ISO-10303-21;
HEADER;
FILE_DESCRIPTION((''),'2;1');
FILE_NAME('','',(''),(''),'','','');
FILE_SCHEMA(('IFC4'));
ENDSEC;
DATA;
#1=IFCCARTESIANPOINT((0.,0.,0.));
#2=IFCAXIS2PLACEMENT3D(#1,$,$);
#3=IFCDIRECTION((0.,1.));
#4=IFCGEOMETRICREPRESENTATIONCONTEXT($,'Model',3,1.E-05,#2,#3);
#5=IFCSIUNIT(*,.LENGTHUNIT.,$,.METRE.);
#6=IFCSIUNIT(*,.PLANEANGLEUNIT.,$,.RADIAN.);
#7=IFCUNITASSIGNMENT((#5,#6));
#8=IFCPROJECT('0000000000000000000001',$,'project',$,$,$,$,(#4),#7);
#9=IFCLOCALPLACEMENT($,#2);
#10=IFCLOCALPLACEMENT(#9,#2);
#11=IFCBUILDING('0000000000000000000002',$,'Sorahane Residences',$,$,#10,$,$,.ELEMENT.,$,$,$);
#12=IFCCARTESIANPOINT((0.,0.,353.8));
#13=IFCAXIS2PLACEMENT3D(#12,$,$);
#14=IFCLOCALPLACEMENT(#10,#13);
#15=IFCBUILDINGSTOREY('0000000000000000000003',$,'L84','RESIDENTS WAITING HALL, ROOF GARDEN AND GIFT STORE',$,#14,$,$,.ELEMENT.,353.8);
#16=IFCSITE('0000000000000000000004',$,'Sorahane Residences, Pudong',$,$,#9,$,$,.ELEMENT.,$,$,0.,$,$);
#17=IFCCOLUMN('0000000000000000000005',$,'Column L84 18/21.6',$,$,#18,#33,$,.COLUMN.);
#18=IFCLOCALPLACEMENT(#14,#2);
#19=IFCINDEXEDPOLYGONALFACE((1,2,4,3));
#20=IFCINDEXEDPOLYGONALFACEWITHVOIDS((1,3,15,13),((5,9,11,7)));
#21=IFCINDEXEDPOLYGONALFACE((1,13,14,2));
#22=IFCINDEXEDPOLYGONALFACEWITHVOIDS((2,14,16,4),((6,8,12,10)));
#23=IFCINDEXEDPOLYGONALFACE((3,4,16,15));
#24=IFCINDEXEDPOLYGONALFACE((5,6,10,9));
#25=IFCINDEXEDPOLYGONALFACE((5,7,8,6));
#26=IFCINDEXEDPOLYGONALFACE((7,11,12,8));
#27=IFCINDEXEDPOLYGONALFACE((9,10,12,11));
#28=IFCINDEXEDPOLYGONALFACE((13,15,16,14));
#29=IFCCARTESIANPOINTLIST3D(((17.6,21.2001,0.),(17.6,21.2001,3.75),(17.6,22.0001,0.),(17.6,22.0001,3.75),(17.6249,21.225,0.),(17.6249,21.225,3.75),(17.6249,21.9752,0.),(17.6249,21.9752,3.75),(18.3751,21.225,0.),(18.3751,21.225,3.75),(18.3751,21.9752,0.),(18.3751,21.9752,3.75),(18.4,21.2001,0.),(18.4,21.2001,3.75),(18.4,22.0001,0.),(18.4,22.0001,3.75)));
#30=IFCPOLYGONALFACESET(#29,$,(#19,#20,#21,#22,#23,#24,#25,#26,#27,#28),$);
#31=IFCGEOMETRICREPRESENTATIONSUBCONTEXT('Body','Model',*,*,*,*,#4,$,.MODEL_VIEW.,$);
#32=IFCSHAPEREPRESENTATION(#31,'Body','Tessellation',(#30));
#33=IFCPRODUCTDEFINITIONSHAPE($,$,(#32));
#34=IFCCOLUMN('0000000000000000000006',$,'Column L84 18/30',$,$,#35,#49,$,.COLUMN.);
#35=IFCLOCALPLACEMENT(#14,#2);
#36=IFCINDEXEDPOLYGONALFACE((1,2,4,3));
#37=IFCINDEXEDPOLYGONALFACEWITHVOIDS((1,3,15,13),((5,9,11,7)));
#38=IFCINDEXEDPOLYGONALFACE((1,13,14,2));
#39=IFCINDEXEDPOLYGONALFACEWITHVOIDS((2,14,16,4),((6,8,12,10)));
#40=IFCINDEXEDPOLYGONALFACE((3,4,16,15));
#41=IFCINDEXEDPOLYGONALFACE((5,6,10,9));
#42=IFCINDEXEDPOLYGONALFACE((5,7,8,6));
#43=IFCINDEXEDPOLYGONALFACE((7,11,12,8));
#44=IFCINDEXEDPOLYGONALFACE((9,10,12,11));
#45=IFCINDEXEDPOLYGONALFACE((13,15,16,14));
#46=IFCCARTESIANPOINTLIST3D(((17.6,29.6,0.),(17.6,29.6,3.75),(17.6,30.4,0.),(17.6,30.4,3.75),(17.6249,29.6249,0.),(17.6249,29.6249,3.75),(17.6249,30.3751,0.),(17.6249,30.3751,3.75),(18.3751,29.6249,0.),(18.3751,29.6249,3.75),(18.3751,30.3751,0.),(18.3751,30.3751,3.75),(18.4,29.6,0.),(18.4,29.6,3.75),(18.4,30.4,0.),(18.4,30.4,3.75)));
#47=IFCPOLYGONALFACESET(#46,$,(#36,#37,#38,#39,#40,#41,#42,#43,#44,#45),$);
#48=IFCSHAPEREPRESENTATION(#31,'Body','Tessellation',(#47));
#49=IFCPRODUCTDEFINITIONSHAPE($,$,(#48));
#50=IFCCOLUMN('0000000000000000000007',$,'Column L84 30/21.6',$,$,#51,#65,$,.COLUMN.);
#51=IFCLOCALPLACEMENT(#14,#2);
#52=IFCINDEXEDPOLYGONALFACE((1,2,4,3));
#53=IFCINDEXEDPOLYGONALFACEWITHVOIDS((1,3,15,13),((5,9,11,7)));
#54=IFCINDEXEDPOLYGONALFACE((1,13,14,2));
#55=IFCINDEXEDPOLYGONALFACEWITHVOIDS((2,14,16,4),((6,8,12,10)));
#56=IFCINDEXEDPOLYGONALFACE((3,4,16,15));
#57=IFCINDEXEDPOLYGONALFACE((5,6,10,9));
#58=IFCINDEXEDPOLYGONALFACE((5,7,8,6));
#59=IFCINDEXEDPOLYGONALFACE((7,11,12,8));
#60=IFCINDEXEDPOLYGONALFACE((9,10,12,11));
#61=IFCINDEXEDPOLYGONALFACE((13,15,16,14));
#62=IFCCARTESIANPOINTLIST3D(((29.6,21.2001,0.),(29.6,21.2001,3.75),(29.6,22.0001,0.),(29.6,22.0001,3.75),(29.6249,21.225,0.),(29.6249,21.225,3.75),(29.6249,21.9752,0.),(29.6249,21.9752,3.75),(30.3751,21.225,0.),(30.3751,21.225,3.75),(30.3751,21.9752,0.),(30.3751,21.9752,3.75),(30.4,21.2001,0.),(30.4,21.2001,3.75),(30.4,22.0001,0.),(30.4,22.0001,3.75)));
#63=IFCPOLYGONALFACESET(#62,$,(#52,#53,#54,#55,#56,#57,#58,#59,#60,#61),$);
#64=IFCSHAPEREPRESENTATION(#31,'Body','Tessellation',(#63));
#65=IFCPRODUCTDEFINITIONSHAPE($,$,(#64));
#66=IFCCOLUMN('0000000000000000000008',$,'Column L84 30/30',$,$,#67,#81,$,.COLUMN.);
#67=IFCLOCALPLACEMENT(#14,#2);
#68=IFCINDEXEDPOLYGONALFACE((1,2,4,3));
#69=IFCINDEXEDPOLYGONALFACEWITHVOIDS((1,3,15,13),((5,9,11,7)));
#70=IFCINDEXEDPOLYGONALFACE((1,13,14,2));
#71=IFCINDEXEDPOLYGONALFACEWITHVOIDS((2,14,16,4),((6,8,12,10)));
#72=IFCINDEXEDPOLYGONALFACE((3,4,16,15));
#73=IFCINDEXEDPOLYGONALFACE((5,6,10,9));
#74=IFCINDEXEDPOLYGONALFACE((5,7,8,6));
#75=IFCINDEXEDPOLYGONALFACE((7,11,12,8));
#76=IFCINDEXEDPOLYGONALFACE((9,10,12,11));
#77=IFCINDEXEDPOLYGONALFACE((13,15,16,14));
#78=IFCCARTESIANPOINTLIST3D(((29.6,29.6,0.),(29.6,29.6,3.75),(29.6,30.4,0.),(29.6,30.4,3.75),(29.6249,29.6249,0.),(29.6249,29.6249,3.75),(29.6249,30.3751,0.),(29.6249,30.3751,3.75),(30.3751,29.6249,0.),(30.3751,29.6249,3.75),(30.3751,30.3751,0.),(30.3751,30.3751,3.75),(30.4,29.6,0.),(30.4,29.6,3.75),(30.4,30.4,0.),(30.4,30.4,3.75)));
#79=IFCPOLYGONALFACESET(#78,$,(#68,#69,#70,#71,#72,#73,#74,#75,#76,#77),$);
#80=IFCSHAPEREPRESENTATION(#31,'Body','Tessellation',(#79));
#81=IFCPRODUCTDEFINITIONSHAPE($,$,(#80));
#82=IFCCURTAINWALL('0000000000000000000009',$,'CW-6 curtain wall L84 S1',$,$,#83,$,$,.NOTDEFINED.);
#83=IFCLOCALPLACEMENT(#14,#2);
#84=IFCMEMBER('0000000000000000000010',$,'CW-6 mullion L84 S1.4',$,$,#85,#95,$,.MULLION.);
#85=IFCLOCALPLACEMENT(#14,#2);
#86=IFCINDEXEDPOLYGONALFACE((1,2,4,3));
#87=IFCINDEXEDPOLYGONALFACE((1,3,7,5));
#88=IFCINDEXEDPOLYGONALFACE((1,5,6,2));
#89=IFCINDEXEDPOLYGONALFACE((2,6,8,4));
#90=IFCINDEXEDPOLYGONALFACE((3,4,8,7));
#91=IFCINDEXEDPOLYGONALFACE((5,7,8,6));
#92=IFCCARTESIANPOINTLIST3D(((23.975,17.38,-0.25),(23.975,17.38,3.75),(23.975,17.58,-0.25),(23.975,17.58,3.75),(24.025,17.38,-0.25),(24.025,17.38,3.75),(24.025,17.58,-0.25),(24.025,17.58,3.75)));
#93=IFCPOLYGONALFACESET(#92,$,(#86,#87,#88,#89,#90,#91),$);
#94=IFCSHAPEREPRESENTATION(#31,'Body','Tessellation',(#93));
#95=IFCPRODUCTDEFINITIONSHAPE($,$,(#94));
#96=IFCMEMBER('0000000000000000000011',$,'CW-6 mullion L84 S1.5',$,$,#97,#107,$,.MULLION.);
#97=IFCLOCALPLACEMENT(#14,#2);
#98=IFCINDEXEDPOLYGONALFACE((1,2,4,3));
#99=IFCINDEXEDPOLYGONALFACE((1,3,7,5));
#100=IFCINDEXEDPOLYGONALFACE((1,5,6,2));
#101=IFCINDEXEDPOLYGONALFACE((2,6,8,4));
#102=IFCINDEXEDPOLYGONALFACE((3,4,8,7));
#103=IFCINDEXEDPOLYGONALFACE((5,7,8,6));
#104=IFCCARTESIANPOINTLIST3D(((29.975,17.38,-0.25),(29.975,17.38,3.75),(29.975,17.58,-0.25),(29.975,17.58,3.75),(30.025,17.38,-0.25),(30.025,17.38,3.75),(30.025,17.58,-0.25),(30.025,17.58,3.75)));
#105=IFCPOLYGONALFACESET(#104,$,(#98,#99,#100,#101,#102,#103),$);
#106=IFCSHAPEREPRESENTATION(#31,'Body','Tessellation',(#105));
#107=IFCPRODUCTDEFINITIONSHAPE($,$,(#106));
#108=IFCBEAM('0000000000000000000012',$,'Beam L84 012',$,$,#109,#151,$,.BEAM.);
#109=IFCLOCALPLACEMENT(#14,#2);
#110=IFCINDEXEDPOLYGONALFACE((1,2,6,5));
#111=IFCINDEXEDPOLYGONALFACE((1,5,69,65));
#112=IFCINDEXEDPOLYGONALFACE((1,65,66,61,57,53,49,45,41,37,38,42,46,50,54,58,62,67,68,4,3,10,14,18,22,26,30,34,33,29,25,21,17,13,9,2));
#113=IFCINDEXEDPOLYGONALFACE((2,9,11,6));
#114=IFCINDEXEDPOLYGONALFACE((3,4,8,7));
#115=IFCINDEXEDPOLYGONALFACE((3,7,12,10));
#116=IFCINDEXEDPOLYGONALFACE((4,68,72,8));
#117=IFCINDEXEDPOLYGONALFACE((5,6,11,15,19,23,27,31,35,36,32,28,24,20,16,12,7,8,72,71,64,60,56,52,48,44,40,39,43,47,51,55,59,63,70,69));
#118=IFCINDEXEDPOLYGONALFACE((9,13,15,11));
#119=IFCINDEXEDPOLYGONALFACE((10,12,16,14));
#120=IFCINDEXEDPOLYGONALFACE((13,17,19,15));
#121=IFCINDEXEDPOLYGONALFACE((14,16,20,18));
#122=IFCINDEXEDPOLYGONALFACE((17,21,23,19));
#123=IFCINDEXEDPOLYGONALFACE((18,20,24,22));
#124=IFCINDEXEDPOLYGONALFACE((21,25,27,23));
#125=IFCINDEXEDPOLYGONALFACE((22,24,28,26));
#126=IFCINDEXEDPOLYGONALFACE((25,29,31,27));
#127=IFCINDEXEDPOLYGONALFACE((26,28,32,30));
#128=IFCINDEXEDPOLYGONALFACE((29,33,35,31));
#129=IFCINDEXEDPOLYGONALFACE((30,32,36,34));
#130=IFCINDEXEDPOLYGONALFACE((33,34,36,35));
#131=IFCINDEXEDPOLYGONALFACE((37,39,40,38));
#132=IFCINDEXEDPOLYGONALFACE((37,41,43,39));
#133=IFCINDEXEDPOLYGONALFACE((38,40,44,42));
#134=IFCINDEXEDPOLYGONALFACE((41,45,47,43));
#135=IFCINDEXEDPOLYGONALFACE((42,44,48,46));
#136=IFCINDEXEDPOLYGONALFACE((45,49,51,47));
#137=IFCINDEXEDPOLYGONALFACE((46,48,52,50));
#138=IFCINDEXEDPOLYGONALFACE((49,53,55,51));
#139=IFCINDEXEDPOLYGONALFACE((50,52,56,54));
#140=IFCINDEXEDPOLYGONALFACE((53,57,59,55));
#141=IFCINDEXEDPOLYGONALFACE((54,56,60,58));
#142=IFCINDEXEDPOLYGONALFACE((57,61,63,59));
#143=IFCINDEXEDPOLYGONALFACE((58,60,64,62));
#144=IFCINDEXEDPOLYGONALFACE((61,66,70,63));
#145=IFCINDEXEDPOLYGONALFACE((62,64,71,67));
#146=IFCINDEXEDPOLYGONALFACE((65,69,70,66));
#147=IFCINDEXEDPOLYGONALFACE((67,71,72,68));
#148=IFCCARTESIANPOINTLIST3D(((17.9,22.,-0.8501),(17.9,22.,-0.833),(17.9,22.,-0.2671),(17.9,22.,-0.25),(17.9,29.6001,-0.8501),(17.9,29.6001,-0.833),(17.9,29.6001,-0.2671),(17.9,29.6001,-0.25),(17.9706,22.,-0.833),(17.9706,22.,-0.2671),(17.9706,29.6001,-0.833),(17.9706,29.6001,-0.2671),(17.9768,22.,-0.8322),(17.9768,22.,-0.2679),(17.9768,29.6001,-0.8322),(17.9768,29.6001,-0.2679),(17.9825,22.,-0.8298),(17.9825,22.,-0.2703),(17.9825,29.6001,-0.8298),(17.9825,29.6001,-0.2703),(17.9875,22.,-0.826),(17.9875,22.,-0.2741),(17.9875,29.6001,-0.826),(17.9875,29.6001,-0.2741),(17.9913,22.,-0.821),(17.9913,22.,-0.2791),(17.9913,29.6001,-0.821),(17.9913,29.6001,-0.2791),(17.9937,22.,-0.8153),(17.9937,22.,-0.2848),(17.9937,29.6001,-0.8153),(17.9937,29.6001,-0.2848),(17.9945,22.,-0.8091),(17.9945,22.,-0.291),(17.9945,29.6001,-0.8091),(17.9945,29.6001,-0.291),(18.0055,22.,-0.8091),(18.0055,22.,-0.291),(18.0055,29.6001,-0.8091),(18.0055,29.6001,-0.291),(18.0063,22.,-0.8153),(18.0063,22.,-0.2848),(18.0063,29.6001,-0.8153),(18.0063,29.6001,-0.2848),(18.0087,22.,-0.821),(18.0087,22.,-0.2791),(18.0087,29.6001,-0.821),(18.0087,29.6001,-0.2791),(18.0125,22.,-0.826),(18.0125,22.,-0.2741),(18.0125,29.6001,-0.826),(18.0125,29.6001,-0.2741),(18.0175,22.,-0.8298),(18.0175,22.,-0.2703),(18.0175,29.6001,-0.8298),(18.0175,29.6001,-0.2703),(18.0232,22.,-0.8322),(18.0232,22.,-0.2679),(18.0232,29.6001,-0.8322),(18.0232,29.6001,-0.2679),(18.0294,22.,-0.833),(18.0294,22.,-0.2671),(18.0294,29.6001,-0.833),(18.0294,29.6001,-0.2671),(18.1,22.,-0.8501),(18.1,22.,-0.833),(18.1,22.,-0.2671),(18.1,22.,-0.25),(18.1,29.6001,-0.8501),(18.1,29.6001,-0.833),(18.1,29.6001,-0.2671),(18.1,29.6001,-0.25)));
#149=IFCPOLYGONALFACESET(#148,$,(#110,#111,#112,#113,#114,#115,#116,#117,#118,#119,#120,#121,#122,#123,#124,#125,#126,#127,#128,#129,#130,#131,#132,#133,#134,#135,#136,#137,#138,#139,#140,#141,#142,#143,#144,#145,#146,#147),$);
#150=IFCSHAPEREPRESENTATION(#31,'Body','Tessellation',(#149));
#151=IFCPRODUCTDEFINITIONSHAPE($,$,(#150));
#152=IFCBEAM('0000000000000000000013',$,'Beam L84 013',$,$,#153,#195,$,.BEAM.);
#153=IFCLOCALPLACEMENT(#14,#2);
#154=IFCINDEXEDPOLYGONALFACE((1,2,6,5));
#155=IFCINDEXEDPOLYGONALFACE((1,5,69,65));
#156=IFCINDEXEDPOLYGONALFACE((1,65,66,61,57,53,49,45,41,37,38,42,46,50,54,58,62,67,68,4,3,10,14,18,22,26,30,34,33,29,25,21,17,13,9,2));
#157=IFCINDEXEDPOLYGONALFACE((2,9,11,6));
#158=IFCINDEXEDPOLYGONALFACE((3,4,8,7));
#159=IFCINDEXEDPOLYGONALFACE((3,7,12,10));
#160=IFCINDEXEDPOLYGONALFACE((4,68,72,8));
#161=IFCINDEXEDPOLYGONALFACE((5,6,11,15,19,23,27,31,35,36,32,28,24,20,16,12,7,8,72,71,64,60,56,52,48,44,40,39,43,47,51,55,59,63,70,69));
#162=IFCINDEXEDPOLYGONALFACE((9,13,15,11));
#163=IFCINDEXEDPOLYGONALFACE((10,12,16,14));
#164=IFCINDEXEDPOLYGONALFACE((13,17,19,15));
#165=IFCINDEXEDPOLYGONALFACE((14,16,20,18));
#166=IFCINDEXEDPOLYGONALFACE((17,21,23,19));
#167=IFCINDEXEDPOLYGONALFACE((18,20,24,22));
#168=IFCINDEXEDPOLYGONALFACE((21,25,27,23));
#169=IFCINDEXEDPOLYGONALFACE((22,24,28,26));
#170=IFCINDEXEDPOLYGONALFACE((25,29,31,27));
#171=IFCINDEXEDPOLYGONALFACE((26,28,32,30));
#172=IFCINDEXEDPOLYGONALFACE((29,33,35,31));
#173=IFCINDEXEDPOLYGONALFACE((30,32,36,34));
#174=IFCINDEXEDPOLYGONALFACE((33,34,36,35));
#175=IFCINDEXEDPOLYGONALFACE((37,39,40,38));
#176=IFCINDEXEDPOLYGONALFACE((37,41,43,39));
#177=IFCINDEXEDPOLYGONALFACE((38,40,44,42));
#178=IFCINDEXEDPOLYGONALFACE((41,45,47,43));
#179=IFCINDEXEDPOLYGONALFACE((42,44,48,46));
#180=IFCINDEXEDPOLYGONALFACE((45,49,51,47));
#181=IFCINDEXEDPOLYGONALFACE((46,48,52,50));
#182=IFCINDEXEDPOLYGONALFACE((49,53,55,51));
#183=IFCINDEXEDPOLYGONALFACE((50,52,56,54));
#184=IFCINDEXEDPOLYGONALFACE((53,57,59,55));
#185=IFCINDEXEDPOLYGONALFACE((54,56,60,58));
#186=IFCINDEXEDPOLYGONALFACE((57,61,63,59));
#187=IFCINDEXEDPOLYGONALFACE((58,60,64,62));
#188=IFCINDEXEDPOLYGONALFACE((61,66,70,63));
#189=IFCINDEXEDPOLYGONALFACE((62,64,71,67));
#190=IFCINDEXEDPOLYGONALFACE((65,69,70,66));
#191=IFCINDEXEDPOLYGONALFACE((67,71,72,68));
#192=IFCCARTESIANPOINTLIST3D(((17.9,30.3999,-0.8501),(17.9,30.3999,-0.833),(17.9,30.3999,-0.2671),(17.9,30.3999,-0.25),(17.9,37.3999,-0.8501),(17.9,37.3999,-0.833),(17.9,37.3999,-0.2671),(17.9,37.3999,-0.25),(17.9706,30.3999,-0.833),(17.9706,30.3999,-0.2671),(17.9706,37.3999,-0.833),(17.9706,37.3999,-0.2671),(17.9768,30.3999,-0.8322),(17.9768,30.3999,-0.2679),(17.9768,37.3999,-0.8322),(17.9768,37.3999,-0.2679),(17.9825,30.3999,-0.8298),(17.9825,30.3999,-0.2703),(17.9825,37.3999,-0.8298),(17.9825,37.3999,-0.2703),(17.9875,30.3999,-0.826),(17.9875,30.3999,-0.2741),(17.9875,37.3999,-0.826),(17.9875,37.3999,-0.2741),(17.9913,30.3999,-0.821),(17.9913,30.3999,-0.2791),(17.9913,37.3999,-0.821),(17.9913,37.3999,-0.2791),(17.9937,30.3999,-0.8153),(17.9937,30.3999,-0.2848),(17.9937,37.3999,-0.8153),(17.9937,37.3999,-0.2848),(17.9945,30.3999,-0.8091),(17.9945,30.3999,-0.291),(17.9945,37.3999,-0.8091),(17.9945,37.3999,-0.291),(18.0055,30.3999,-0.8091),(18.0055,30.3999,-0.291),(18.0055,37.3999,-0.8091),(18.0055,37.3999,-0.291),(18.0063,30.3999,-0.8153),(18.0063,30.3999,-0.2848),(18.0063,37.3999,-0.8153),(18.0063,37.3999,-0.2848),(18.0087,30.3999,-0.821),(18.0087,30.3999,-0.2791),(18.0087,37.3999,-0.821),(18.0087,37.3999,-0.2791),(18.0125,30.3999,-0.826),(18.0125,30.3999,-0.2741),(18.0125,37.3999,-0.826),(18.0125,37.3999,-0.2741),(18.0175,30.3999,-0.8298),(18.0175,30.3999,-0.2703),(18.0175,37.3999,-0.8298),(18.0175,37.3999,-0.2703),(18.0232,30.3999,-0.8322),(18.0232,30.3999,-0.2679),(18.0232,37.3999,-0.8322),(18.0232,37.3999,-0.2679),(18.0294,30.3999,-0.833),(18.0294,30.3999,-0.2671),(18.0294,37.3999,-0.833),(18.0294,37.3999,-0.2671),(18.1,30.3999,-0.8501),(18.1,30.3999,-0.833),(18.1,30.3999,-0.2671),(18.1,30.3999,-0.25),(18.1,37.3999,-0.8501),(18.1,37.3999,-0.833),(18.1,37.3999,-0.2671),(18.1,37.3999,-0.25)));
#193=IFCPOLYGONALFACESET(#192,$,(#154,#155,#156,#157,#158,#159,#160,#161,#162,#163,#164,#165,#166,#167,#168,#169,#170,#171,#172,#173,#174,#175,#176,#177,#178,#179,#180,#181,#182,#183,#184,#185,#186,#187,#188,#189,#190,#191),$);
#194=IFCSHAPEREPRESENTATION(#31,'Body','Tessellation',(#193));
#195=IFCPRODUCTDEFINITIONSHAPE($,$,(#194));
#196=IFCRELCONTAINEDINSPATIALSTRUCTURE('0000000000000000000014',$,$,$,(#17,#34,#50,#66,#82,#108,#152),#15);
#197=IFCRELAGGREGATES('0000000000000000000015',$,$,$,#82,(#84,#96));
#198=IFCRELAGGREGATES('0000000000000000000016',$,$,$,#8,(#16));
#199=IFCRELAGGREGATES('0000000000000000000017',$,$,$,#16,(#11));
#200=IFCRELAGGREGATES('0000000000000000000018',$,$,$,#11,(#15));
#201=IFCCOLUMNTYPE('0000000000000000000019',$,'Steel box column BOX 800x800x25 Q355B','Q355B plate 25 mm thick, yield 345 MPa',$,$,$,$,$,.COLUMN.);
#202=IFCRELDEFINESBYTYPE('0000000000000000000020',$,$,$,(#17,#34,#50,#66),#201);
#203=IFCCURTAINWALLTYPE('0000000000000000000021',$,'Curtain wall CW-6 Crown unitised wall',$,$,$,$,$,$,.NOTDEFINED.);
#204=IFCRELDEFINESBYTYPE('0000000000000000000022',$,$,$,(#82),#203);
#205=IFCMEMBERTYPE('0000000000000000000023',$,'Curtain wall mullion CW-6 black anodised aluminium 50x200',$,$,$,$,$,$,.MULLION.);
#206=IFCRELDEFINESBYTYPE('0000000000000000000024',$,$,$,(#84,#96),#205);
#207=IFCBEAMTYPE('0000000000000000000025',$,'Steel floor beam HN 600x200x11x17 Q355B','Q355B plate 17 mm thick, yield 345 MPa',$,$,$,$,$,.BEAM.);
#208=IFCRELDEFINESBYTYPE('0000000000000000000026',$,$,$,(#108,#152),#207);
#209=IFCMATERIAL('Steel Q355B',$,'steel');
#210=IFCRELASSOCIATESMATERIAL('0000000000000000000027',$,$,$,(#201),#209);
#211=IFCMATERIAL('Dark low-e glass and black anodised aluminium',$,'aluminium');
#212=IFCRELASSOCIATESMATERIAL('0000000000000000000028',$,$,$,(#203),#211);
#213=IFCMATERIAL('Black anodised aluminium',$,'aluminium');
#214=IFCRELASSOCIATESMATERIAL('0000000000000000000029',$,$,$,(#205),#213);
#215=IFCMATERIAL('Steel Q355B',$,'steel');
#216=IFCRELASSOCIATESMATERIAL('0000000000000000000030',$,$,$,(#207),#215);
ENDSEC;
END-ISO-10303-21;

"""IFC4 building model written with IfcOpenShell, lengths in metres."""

from ifc_helpers import new_model, si_unit, direction, frame, origin, origin_2d, place, context, subcontext, project, spatial, rectangle, hollow_rectangle, i_section, extrude, material, material_profile, profile_set, type_object, element, aggregate, save


model = new_model("IFC4")

# Units and contexts
model_context = context("Model", 3, precision=1e-05, world=origin(), true_north=direction((0.0, 1.0)))
body_context = subcontext(model_context, "Body", "Model", "MODEL_VIEW")
ifc_project = project(units=[si_unit("LENGTHUNIT", "METRE"), si_unit("PLANEANGLEUNIT", "RADIAN")], contexts=[model_context])

# Site, building, storey
site_placement = place(None, origin())
site = spatial("IfcSite", under=ifc_project, at=site_placement, Name="Sorahane Residences, Pudong", CompositionType="ELEMENT", RefElevation=0.0)
building_placement = place(site_placement, origin())
building = spatial("IfcBuilding", under=site, at=building_placement, Name="Sorahane Residences", CompositionType="ELEMENT")
storey_placement = place(building_placement, frame((0.0, 0.0, 353.8)))
storey = spatial("IfcBuildingStorey", under=building, at=storey_placement, Name="L84", Description="RESIDENTS WAITING HALL, ROOF GARDEN AND GIFT STORE", CompositionType="ELEMENT", Elevation=353.8)

# Columns
ifc_material_1 = material(Name="Steel Q355B", Category="steel")
ifc_material_profile_1 = material_profile(ifc_material_1, hollow_rectangle(XDim=0.8, YDim=0.8, WallThickness=0.0249, at=origin_2d()), Name="BOX 800x800x25")
ifc_profile_set_1 = profile_set([ifc_material_profile_1], Name="Steel Q355B")
column_type = type_object("IfcColumnType", Name="Steel box column BOX 800x800x25 Q355B", Description="Q355B plate 25 mm thick, yield 345 MPa", PredefinedType="COLUMN", material=ifc_profile_set_1)
for number, where, z_axis, x_axis, name in (
    (1, (18.0, 21.6001, 0.0), (0.0, 0.0, 1.0), (1.0, 0.0, 0.0), "Column L84 18/21.6"),
    (2, (18.0, 30.0, 0.0), (0.0, 0.0, 1.0), (1.0, 0.0, 0.0), "Column L84 18/30"),
    (3, (30.0, 21.6001, 0.0), (0.0, 0.0, 1.0), (1.0, 0.0, 0.0), "Column L84 30/21.6"),
    (4, (30.0, 30.0, 0.0), (0.0, 0.0, 1.0), (1.0, 0.0, 0.0), "Column L84 30/30"),
):
    element("IfcColumn", number, at=place(storey_placement, frame(where, z_axis=z_axis, x_axis=x_axis)), inside=storey, type_object=column_type, Name=name, PredefinedType="COLUMN", context=body_context, shape_type="SweptSolid", body=[
        extrude(hollow_rectangle(XDim=0.8, YDim=0.8, WallThickness=0.0249, at=origin_2d()), origin(), (0.0, 0.0, 1.0), 3.75),
    ])

# Curtain wall, members
ifc_material_2 = material(Name="Dark low-e glass and black anodised aluminium", Category="aluminium")
curtain_wall_type = type_object("IfcCurtainWallType", Name="Curtain wall CW-6 Crown unitised wall", PredefinedType="NOTDEFINED", material=ifc_material_2)
curtain_wall_placement = place(storey_placement, origin())
curtain_wall = element("IfcCurtainWall", 5, at=curtain_wall_placement, inside=storey, type_object=curtain_wall_type, Name="CW-6 curtain wall L84 S1", PredefinedType="NOTDEFINED")
ifc_material_3 = material(Name="Black anodised aluminium", Category="aluminium")
ifc_material_profile_2 = material_profile(ifc_material_3, rectangle(XDim=0.2, YDim=0.05, at=origin_2d()), Name="Curtain wall mullion CW-6 black anodised aluminium 50x200")
ifc_profile_set_2 = profile_set([ifc_material_profile_2], Name="Black anodised aluminium")
member_type = type_object("IfcMemberType", Name="Curtain wall mullion CW-6 black anodised aluminium 50x200", PredefinedType="MULLION", material=ifc_profile_set_2)
member_1_placement = place(storey_placement, frame((24.0, 17.48, -0.25), z_axis=(0.0, 0.0, 1.0), x_axis=(0.0, -1.0, 0.0)))
member_1 = element("IfcMember", 6, at=member_1_placement, type_object=member_type, Name="CW-6 mullion L84 S1.4", PredefinedType="MULLION", context=body_context, shape_type="SweptSolid", body=[
    extrude(rectangle(XDim=0.2, YDim=0.05, at=origin_2d()), origin(), (0.0, 0.0, 1.0), 4.0),
])
member_2_placement = place(storey_placement, frame((30.0, 17.48, -0.25), z_axis=(0.0, 0.0, 1.0), x_axis=(0.0, -1.0, 0.0)))
member_2 = element("IfcMember", 7, at=member_2_placement, type_object=member_type, Name="CW-6 mullion L84 S1.5", PredefinedType="MULLION", context=body_context, shape_type="SweptSolid", body=[
    extrude(rectangle(XDim=0.2, YDim=0.05, at=origin_2d()), origin(), (0.0, 0.0, 1.0), 4.0),
])

# Beams
ifc_material_4 = material(Name="Steel Q355B", Category="steel")
ifc_material_profile_3 = material_profile(ifc_material_4, i_section(OverallWidth=0.2, OverallDepth=0.6001, WebThickness=0.011, FlangeThickness=0.0171, FilletRadius=0.0239, at=origin_2d()), Name="HN 600x200x11x17")
ifc_profile_set_3 = profile_set([ifc_material_profile_3], Name="Steel Q355B")
beam_type_1 = type_object("IfcBeamType", Name="Steel floor beam HN 600x200x11x17 Q355B", Description="Q355B plate 17 mm thick, yield 345 MPa", PredefinedType="BEAM", material=ifc_profile_set_3)
beam_1_placement = place(storey_placement, frame((18.0, 22.0, -0.55), z_axis=(0.0, 1.0, 0.0), x_axis=(-1.0, 0.0, 0.0)))
element("IfcBeam", 8, at=beam_1_placement, inside=storey, type_object=beam_type_1, Name="Beam L84 012", PredefinedType="BEAM", context=body_context, shape_type="SweptSolid", body=[
    extrude(i_section(OverallWidth=0.2, OverallDepth=0.6001, WebThickness=0.011, FlangeThickness=0.0171, FilletRadius=0.0239, at=origin_2d()), origin(), (0.0, 0.0, 1.0), 7.6001),
])
beam_2_placement = place(storey_placement, frame((18.0, 30.3999, -0.55), z_axis=(0.0, 1.0, 0.0), x_axis=(-1.0, 0.0, 0.0)))
element("IfcBeam", 9, at=beam_2_placement, inside=storey, type_object=beam_type_1, Name="Beam L84 013", PredefinedType="BEAM", context=body_context, shape_type="SweptSolid", body=[
    extrude(i_section(OverallWidth=0.2, OverallDepth=0.6001, WebThickness=0.011, FlangeThickness=0.0171, FilletRadius=0.0239, at=origin_2d()), origin(), (0.0, 0.0, 1.0), 7.0),
])

aggregate(curtain_wall, [member_1, member_2])

save(model, "model.ifc")
